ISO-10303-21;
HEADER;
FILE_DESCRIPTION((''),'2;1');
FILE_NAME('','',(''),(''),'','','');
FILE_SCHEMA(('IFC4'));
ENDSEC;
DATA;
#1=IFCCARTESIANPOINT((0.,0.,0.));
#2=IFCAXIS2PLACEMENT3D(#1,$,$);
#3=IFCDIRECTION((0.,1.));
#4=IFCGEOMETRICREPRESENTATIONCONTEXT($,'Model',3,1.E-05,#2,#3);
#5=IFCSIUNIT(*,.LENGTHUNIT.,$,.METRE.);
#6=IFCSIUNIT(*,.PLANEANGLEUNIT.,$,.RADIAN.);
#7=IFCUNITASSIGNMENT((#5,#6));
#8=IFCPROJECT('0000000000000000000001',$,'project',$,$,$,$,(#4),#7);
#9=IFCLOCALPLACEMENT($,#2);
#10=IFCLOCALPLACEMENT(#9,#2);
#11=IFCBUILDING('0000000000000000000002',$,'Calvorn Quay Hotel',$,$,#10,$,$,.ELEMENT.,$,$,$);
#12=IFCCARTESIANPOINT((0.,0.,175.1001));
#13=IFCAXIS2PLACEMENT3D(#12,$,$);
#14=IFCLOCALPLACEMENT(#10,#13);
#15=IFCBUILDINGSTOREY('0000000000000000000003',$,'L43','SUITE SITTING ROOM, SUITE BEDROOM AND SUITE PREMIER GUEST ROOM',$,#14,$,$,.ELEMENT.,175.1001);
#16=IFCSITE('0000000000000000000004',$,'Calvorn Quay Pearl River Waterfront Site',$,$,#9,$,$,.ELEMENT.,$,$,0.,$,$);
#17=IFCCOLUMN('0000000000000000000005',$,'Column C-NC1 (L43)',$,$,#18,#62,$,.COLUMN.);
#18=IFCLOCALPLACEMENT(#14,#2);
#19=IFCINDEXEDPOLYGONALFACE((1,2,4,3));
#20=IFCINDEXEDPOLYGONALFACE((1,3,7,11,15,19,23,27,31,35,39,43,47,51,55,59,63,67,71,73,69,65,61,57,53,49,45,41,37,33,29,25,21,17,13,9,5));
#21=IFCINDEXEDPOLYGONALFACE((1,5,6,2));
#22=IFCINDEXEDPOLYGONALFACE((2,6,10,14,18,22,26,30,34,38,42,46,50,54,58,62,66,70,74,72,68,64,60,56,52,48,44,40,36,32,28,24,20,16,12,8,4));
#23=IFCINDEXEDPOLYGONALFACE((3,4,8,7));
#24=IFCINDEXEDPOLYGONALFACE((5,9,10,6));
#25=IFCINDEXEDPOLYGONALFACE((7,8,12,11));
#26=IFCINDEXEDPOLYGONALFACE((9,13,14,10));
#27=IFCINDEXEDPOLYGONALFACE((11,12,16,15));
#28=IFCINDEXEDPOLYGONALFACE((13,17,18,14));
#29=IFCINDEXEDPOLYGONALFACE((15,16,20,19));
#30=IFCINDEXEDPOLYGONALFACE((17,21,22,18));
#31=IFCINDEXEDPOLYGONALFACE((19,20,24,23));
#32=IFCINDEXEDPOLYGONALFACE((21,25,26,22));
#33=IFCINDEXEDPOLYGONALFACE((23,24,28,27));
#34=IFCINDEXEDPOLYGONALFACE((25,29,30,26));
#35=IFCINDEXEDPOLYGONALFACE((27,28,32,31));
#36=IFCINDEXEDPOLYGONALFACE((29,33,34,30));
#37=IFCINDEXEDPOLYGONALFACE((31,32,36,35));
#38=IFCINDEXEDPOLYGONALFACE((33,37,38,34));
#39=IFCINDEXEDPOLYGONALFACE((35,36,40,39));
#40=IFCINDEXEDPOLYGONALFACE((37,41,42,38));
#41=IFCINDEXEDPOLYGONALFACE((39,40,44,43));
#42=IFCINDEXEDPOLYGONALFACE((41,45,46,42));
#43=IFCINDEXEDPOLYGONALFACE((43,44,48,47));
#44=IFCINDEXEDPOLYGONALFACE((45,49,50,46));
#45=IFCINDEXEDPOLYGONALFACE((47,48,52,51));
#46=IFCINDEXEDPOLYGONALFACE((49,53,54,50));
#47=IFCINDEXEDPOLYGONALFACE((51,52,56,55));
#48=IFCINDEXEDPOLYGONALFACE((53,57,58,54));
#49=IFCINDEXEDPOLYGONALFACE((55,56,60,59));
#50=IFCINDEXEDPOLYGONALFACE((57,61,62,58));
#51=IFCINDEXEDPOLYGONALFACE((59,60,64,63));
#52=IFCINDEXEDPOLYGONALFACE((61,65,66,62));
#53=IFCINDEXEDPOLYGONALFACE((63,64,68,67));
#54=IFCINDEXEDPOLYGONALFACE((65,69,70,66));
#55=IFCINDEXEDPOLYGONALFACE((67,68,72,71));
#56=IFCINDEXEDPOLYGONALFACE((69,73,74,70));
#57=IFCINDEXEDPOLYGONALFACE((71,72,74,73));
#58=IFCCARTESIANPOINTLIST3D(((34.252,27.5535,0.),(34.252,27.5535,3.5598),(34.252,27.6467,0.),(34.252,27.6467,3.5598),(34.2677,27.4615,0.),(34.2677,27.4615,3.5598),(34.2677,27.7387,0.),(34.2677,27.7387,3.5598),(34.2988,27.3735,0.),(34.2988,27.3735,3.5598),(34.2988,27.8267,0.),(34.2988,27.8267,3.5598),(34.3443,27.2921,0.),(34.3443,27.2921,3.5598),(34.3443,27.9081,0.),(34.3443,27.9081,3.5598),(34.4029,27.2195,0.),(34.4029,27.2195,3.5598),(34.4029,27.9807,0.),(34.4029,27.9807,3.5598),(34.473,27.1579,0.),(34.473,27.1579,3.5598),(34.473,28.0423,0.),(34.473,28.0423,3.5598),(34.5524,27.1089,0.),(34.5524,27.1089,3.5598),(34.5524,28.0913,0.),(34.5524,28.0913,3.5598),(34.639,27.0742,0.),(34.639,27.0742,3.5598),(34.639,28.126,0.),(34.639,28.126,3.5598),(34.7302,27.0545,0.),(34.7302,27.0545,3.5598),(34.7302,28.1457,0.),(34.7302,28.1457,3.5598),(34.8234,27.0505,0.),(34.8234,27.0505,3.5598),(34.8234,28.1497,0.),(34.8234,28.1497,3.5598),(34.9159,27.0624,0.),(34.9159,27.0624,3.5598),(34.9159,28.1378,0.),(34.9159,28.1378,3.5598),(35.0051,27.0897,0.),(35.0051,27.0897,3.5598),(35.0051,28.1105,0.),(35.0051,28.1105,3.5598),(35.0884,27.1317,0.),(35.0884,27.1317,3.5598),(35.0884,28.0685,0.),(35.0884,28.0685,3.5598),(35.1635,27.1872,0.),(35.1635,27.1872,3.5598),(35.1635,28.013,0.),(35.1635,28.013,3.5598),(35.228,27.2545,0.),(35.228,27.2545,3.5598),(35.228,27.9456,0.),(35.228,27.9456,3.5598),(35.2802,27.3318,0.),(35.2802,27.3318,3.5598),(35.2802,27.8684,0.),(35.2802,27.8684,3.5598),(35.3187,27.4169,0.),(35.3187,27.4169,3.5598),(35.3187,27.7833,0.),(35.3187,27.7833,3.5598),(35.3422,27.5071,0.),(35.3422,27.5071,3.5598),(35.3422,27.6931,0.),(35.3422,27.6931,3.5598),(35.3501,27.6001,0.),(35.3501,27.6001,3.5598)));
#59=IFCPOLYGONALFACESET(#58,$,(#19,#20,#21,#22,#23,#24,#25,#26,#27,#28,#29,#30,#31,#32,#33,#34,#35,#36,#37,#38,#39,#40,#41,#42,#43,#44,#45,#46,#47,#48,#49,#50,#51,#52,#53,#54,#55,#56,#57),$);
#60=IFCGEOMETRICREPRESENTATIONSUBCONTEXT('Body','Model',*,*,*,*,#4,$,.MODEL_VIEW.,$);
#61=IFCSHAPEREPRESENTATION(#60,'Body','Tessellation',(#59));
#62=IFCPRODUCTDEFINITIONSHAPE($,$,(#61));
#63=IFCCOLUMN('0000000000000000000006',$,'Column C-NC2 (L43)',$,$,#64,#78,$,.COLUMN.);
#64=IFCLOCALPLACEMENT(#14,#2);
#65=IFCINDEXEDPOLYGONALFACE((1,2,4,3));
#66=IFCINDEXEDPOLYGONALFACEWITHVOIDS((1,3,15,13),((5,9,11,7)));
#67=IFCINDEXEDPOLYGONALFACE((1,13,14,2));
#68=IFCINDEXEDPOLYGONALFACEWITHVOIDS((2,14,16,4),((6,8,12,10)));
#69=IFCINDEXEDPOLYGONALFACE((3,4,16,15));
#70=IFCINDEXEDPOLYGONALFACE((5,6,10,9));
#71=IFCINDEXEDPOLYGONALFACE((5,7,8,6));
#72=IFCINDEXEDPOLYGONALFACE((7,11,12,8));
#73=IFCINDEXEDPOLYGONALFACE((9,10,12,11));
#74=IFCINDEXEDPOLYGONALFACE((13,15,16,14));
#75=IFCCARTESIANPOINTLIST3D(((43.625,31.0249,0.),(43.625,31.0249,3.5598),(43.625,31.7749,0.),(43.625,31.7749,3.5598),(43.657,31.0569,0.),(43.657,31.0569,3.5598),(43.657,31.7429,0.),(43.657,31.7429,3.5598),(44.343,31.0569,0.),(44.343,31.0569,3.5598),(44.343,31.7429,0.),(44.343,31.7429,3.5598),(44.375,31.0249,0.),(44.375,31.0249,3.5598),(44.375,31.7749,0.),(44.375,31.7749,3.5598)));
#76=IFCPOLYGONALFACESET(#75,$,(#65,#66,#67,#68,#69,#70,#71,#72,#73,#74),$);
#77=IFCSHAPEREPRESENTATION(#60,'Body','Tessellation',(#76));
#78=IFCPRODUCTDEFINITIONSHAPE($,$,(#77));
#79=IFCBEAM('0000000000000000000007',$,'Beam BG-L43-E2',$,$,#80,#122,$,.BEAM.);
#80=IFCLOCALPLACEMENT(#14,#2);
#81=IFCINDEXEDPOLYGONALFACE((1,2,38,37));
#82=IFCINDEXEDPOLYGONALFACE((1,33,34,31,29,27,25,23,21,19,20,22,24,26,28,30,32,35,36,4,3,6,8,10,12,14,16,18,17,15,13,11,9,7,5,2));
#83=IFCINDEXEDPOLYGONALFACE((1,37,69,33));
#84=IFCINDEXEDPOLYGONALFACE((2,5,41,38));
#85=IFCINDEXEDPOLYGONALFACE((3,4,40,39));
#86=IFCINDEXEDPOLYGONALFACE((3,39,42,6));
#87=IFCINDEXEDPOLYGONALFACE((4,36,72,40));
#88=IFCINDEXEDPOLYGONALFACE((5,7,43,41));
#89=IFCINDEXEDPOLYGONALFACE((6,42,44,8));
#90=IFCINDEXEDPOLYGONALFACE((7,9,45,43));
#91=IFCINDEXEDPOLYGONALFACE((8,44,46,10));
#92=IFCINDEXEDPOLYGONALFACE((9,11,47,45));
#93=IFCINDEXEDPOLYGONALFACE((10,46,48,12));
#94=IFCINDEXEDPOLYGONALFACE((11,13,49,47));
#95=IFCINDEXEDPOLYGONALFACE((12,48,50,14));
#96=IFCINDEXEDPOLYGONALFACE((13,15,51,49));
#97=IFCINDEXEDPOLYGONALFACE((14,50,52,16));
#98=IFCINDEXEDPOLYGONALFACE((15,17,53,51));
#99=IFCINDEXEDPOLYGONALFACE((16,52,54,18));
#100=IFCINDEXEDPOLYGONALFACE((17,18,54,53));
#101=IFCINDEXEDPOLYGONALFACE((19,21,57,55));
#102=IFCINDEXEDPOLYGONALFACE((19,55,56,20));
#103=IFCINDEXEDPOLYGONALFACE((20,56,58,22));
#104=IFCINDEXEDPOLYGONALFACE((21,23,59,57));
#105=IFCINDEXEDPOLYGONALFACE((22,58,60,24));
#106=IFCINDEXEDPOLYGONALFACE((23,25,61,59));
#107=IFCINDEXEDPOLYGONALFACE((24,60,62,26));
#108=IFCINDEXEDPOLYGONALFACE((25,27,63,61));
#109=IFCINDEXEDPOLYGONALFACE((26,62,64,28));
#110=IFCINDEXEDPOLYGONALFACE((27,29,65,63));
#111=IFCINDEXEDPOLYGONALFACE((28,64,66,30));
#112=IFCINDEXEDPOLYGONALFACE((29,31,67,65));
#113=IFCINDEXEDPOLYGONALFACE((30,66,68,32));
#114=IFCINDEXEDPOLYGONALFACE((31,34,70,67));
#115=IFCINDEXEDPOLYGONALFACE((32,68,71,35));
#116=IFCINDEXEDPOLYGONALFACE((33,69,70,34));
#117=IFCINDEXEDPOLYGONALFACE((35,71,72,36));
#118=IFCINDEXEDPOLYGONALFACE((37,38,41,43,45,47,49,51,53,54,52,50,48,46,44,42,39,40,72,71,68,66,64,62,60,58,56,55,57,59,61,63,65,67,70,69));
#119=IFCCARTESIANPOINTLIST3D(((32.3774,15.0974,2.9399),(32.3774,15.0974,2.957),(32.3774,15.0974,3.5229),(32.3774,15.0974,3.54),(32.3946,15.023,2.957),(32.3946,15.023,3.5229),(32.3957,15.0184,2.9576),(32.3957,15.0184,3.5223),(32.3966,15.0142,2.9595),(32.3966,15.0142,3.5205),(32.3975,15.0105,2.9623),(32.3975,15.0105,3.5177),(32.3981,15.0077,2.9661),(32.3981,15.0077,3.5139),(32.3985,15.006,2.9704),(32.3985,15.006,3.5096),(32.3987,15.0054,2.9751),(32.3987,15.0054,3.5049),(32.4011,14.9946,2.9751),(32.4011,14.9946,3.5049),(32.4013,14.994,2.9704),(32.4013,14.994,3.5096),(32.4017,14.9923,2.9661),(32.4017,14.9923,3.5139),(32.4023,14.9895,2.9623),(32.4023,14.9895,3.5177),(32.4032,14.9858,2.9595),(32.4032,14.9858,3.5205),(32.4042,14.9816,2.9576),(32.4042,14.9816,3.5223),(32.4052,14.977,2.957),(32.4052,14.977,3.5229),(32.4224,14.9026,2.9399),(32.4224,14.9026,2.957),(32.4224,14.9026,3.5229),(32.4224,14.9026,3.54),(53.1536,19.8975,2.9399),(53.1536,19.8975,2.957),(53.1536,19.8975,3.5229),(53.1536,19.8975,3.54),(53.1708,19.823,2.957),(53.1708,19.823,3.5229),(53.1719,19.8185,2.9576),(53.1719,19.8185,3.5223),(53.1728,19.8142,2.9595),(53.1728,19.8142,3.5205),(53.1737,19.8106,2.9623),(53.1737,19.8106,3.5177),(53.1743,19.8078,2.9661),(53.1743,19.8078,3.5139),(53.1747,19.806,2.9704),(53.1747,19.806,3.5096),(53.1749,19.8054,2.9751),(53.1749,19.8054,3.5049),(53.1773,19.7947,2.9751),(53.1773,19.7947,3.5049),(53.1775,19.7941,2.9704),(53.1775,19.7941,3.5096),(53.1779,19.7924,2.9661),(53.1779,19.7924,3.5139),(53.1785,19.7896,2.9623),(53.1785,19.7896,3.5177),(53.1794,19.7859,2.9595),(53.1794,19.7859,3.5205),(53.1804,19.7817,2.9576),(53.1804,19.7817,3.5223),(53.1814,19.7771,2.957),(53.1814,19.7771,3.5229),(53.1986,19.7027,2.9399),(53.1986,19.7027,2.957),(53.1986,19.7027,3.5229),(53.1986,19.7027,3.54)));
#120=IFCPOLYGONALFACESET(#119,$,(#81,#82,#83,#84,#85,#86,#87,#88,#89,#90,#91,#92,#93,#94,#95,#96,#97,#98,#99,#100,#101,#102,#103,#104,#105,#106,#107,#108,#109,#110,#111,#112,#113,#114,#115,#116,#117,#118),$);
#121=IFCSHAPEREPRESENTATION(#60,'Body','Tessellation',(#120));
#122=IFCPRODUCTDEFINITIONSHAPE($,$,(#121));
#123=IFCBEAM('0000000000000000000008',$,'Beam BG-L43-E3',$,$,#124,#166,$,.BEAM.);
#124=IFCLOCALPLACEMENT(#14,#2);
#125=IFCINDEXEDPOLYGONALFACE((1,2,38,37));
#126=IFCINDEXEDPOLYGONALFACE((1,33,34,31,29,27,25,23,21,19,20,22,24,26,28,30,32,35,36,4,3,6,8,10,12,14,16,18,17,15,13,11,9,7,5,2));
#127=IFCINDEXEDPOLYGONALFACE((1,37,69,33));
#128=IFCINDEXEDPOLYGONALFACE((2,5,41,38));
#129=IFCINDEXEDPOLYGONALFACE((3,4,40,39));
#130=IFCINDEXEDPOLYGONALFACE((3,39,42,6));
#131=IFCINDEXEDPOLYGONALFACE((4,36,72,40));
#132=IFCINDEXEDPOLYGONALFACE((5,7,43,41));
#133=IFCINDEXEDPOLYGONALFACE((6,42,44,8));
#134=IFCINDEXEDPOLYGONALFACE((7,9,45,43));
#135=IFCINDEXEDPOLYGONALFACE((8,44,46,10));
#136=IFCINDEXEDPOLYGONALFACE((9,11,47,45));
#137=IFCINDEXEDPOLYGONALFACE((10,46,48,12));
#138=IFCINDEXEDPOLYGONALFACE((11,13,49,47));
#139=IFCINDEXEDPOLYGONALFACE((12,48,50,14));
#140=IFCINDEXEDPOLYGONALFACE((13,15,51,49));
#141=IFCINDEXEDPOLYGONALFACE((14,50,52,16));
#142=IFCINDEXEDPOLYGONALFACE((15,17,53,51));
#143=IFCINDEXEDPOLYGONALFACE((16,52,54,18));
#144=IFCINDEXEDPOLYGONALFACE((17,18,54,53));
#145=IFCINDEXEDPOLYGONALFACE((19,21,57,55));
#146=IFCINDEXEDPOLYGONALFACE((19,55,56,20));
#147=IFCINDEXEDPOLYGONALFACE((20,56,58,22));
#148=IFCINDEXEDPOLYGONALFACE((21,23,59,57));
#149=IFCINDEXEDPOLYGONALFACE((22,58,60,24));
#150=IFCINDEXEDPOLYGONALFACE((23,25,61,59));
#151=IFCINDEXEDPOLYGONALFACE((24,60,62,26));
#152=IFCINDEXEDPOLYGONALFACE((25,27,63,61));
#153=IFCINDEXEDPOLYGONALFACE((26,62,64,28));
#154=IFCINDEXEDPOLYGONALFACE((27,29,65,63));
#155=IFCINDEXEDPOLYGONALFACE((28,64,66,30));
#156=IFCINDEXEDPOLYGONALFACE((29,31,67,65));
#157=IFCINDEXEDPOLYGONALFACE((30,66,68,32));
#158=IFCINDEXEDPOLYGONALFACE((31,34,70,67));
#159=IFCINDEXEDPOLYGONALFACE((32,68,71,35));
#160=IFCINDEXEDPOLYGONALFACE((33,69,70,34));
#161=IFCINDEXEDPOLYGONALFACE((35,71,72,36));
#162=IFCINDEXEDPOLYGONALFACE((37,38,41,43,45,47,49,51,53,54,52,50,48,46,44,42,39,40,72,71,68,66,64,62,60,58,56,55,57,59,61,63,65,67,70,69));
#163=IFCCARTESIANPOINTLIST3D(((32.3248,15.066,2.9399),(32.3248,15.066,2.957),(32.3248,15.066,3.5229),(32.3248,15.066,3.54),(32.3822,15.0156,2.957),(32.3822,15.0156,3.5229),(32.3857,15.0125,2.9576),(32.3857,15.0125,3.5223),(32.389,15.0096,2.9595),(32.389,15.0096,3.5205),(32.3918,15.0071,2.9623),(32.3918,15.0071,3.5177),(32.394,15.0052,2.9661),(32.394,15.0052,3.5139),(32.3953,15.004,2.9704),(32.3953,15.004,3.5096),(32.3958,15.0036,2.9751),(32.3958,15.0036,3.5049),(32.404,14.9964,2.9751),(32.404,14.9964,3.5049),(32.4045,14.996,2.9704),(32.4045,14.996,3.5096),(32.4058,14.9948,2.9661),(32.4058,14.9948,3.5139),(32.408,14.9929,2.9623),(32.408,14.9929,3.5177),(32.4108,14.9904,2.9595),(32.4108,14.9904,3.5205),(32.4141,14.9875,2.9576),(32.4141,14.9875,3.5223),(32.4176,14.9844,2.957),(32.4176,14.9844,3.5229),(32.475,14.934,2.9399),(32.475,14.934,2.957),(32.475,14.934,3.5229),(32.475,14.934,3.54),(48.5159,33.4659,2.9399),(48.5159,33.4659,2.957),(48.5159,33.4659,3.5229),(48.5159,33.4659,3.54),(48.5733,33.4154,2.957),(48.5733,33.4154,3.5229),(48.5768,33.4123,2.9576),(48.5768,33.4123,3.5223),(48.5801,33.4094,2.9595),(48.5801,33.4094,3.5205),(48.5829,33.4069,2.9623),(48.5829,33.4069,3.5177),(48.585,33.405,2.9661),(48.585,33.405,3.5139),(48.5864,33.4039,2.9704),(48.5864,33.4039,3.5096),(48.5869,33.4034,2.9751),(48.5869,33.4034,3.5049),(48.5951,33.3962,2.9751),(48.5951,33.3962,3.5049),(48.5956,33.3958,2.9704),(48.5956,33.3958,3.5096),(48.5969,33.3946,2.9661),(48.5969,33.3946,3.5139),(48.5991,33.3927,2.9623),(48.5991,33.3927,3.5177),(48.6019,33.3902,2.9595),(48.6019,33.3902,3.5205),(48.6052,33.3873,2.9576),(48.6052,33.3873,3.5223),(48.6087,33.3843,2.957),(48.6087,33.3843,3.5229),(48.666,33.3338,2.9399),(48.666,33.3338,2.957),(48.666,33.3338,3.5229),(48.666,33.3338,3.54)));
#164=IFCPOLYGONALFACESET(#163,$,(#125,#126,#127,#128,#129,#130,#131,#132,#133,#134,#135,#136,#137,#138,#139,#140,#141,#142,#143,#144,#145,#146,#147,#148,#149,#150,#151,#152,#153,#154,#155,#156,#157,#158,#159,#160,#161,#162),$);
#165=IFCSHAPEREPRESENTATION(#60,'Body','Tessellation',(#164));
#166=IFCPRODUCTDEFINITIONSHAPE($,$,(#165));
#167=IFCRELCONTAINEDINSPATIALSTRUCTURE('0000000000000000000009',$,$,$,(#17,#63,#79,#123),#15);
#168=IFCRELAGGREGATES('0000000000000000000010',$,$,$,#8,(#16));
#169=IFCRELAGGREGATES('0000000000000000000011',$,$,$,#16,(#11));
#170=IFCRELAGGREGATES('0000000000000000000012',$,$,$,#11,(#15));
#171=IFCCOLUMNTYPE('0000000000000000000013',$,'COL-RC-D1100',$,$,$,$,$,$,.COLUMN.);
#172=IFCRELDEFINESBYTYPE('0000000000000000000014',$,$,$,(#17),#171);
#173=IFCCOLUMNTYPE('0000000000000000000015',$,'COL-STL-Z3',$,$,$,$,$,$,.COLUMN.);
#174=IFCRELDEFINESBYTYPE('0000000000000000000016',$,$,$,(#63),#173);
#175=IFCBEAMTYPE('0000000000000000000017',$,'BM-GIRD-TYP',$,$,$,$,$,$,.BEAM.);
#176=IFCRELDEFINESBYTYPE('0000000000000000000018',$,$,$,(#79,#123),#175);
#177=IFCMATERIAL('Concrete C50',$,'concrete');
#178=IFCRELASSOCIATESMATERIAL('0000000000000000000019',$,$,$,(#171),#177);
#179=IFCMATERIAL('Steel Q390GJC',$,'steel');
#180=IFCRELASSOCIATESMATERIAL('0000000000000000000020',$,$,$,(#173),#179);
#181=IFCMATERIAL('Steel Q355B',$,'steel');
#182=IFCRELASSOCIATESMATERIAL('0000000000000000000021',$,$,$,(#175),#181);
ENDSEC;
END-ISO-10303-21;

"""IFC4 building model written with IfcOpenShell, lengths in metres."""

from ifc_helpers import new_model, si_unit, direction, frame, origin, origin_2d, place, context, subcontext, project, spatial, hollow_rectangle, circle, i_section, extrude, material, material_profile, profile_set, type_object, element, save


model = new_model("IFC4")

# Units and contexts
model_context = context("Model", 3, precision=1e-05, world=origin(), true_north=direction((0.0, 1.0)))
body_context = subcontext(model_context, "Body", "Model", "MODEL_VIEW")
ifc_project = project(units=[si_unit("LENGTHUNIT", "METRE"), si_unit("PLANEANGLEUNIT", "RADIAN")], contexts=[model_context])

# Site, building, storey
site_placement = place(None, origin())
site = spatial("IfcSite", under=ifc_project, at=site_placement, Name="Calvorn Quay Pearl River Waterfront Site", CompositionType="ELEMENT", RefElevation=0.0)
building_placement = place(site_placement, origin())
building = spatial("IfcBuilding", under=site, at=building_placement, Name="Calvorn Quay Hotel", CompositionType="ELEMENT")
storey_placement = place(building_placement, frame((0.0, 0.0, 175.1001)))
storey = spatial("IfcBuildingStorey", under=building, at=storey_placement, Name="L43", Description="SUITE SITTING ROOM, SUITE BEDROOM AND SUITE PREMIER GUEST ROOM", CompositionType="ELEMENT", Elevation=175.1001)

# Columns
ifc_material_1 = material(Name="Concrete C50", Category="concrete")
ifc_material_profile_1 = material_profile(ifc_material_1, circle(Radius=0.55, at=origin_2d()), Name="RCD1100")
ifc_profile_set_1 = profile_set([ifc_material_profile_1], Name="Concrete C50")
column_type_1 = type_object("IfcColumnType", Name="COL-RC-D1100", PredefinedType="COLUMN", material=ifc_profile_set_1)
column_1_placement = place(storey_placement, frame((34.8, 27.6001, 0.0), z_axis=(0.0, 0.0, 1.0), x_axis=(1.0, 0.0, 0.0)))
element("IfcColumn", 1, at=column_1_placement, inside=storey, type_object=column_type_1, Name="Column C-NC1 (L43)", PredefinedType="COLUMN", context=body_context, shape_type="SweptSolid", body=[
    extrude(circle(Radius=0.55, at=origin_2d()), origin(), (0.0, 0.0, 1.0), 3.5598),
])
ifc_material_2 = material(Name="Steel Q390GJC", Category="steel")
ifc_material_profile_2 = material_profile(ifc_material_2, hollow_rectangle(XDim=0.75, YDim=0.75, WallThickness=0.032, at=origin_2d()), Name="BOX750x750x32")
ifc_profile_set_2 = profile_set([ifc_material_profile_2], Name="Steel Q390GJC")
column_type_2 = type_object("IfcColumnType", Name="COL-STL-Z3", PredefinedType="COLUMN", material=ifc_profile_set_2)
column_2_placement = place(storey_placement, frame((44.0, 31.3999, 0.0), z_axis=(0.0, 0.0, 1.0), x_axis=(1.0, 0.0, 0.0)))
element("IfcColumn", 2, at=column_2_placement, inside=storey, type_object=column_type_2, Name="Column C-NC2 (L43)", PredefinedType="COLUMN", context=body_context, shape_type="SweptSolid", body=[
    extrude(hollow_rectangle(XDim=0.75, YDim=0.75, WallThickness=0.032, at=origin_2d()), origin(), (0.0, 0.0, 1.0), 3.5598),
])

# Beams
ifc_material_3 = material(Name="Steel Q355B", Category="steel")
ifc_material_profile_3 = material_profile(ifc_material_3, i_section(OverallWidth=0.2, OverallDepth=0.6001, WebThickness=0.011, FlangeThickness=0.0171, FilletRadius=0.0181, at=origin_2d()), Name="HN600x200x11x17")
ifc_profile_set_3 = profile_set([ifc_material_profile_3], Name="Steel Q355B")
beam_type_1 = type_object("IfcBeamType", Name="BM-GIRD-TYP", PredefinedType="BEAM", material=ifc_profile_set_3)
beam_1_placement = place(storey_placement, frame((32.3999, 15.0, 3.24), z_axis=(0.974334, 0.225107, 0.0), x_axis=(-0.225107, 0.974334, 0.0)))
element("IfcBeam", 3, at=beam_1_placement, inside=storey, type_object=beam_type_1, Name="Beam BG-L43-E2", PredefinedType="BEAM", context=body_context, shape_type="SweptSolid", body=[
    extrude(i_section(OverallWidth=0.2, OverallDepth=0.6001, WebThickness=0.011, FlangeThickness=0.0171, FilletRadius=0.0181, at=origin_2d()), origin(), (0.0, 0.0, 1.0), 21.3235),
])
beam_2_placement = place(storey_placement, frame((32.3999, 15.0, 3.24), z_axis=(0.660611, 0.750729, 0.0), x_axis=(-0.750729, 0.660611, 0.0)))
element("IfcBeam", 4, at=beam_2_placement, inside=storey, type_object=beam_type_1, Name="Beam BG-L43-E3", PredefinedType="BEAM", context=body_context, shape_type="SweptSolid", body=[
    extrude(i_section(OverallWidth=0.2, OverallDepth=0.6001, WebThickness=0.011, FlangeThickness=0.0171, FilletRadius=0.0181, at=origin_2d()), origin(), (0.0, 0.0, 1.0), 24.5093),
])

save(model, "model.ifc")
